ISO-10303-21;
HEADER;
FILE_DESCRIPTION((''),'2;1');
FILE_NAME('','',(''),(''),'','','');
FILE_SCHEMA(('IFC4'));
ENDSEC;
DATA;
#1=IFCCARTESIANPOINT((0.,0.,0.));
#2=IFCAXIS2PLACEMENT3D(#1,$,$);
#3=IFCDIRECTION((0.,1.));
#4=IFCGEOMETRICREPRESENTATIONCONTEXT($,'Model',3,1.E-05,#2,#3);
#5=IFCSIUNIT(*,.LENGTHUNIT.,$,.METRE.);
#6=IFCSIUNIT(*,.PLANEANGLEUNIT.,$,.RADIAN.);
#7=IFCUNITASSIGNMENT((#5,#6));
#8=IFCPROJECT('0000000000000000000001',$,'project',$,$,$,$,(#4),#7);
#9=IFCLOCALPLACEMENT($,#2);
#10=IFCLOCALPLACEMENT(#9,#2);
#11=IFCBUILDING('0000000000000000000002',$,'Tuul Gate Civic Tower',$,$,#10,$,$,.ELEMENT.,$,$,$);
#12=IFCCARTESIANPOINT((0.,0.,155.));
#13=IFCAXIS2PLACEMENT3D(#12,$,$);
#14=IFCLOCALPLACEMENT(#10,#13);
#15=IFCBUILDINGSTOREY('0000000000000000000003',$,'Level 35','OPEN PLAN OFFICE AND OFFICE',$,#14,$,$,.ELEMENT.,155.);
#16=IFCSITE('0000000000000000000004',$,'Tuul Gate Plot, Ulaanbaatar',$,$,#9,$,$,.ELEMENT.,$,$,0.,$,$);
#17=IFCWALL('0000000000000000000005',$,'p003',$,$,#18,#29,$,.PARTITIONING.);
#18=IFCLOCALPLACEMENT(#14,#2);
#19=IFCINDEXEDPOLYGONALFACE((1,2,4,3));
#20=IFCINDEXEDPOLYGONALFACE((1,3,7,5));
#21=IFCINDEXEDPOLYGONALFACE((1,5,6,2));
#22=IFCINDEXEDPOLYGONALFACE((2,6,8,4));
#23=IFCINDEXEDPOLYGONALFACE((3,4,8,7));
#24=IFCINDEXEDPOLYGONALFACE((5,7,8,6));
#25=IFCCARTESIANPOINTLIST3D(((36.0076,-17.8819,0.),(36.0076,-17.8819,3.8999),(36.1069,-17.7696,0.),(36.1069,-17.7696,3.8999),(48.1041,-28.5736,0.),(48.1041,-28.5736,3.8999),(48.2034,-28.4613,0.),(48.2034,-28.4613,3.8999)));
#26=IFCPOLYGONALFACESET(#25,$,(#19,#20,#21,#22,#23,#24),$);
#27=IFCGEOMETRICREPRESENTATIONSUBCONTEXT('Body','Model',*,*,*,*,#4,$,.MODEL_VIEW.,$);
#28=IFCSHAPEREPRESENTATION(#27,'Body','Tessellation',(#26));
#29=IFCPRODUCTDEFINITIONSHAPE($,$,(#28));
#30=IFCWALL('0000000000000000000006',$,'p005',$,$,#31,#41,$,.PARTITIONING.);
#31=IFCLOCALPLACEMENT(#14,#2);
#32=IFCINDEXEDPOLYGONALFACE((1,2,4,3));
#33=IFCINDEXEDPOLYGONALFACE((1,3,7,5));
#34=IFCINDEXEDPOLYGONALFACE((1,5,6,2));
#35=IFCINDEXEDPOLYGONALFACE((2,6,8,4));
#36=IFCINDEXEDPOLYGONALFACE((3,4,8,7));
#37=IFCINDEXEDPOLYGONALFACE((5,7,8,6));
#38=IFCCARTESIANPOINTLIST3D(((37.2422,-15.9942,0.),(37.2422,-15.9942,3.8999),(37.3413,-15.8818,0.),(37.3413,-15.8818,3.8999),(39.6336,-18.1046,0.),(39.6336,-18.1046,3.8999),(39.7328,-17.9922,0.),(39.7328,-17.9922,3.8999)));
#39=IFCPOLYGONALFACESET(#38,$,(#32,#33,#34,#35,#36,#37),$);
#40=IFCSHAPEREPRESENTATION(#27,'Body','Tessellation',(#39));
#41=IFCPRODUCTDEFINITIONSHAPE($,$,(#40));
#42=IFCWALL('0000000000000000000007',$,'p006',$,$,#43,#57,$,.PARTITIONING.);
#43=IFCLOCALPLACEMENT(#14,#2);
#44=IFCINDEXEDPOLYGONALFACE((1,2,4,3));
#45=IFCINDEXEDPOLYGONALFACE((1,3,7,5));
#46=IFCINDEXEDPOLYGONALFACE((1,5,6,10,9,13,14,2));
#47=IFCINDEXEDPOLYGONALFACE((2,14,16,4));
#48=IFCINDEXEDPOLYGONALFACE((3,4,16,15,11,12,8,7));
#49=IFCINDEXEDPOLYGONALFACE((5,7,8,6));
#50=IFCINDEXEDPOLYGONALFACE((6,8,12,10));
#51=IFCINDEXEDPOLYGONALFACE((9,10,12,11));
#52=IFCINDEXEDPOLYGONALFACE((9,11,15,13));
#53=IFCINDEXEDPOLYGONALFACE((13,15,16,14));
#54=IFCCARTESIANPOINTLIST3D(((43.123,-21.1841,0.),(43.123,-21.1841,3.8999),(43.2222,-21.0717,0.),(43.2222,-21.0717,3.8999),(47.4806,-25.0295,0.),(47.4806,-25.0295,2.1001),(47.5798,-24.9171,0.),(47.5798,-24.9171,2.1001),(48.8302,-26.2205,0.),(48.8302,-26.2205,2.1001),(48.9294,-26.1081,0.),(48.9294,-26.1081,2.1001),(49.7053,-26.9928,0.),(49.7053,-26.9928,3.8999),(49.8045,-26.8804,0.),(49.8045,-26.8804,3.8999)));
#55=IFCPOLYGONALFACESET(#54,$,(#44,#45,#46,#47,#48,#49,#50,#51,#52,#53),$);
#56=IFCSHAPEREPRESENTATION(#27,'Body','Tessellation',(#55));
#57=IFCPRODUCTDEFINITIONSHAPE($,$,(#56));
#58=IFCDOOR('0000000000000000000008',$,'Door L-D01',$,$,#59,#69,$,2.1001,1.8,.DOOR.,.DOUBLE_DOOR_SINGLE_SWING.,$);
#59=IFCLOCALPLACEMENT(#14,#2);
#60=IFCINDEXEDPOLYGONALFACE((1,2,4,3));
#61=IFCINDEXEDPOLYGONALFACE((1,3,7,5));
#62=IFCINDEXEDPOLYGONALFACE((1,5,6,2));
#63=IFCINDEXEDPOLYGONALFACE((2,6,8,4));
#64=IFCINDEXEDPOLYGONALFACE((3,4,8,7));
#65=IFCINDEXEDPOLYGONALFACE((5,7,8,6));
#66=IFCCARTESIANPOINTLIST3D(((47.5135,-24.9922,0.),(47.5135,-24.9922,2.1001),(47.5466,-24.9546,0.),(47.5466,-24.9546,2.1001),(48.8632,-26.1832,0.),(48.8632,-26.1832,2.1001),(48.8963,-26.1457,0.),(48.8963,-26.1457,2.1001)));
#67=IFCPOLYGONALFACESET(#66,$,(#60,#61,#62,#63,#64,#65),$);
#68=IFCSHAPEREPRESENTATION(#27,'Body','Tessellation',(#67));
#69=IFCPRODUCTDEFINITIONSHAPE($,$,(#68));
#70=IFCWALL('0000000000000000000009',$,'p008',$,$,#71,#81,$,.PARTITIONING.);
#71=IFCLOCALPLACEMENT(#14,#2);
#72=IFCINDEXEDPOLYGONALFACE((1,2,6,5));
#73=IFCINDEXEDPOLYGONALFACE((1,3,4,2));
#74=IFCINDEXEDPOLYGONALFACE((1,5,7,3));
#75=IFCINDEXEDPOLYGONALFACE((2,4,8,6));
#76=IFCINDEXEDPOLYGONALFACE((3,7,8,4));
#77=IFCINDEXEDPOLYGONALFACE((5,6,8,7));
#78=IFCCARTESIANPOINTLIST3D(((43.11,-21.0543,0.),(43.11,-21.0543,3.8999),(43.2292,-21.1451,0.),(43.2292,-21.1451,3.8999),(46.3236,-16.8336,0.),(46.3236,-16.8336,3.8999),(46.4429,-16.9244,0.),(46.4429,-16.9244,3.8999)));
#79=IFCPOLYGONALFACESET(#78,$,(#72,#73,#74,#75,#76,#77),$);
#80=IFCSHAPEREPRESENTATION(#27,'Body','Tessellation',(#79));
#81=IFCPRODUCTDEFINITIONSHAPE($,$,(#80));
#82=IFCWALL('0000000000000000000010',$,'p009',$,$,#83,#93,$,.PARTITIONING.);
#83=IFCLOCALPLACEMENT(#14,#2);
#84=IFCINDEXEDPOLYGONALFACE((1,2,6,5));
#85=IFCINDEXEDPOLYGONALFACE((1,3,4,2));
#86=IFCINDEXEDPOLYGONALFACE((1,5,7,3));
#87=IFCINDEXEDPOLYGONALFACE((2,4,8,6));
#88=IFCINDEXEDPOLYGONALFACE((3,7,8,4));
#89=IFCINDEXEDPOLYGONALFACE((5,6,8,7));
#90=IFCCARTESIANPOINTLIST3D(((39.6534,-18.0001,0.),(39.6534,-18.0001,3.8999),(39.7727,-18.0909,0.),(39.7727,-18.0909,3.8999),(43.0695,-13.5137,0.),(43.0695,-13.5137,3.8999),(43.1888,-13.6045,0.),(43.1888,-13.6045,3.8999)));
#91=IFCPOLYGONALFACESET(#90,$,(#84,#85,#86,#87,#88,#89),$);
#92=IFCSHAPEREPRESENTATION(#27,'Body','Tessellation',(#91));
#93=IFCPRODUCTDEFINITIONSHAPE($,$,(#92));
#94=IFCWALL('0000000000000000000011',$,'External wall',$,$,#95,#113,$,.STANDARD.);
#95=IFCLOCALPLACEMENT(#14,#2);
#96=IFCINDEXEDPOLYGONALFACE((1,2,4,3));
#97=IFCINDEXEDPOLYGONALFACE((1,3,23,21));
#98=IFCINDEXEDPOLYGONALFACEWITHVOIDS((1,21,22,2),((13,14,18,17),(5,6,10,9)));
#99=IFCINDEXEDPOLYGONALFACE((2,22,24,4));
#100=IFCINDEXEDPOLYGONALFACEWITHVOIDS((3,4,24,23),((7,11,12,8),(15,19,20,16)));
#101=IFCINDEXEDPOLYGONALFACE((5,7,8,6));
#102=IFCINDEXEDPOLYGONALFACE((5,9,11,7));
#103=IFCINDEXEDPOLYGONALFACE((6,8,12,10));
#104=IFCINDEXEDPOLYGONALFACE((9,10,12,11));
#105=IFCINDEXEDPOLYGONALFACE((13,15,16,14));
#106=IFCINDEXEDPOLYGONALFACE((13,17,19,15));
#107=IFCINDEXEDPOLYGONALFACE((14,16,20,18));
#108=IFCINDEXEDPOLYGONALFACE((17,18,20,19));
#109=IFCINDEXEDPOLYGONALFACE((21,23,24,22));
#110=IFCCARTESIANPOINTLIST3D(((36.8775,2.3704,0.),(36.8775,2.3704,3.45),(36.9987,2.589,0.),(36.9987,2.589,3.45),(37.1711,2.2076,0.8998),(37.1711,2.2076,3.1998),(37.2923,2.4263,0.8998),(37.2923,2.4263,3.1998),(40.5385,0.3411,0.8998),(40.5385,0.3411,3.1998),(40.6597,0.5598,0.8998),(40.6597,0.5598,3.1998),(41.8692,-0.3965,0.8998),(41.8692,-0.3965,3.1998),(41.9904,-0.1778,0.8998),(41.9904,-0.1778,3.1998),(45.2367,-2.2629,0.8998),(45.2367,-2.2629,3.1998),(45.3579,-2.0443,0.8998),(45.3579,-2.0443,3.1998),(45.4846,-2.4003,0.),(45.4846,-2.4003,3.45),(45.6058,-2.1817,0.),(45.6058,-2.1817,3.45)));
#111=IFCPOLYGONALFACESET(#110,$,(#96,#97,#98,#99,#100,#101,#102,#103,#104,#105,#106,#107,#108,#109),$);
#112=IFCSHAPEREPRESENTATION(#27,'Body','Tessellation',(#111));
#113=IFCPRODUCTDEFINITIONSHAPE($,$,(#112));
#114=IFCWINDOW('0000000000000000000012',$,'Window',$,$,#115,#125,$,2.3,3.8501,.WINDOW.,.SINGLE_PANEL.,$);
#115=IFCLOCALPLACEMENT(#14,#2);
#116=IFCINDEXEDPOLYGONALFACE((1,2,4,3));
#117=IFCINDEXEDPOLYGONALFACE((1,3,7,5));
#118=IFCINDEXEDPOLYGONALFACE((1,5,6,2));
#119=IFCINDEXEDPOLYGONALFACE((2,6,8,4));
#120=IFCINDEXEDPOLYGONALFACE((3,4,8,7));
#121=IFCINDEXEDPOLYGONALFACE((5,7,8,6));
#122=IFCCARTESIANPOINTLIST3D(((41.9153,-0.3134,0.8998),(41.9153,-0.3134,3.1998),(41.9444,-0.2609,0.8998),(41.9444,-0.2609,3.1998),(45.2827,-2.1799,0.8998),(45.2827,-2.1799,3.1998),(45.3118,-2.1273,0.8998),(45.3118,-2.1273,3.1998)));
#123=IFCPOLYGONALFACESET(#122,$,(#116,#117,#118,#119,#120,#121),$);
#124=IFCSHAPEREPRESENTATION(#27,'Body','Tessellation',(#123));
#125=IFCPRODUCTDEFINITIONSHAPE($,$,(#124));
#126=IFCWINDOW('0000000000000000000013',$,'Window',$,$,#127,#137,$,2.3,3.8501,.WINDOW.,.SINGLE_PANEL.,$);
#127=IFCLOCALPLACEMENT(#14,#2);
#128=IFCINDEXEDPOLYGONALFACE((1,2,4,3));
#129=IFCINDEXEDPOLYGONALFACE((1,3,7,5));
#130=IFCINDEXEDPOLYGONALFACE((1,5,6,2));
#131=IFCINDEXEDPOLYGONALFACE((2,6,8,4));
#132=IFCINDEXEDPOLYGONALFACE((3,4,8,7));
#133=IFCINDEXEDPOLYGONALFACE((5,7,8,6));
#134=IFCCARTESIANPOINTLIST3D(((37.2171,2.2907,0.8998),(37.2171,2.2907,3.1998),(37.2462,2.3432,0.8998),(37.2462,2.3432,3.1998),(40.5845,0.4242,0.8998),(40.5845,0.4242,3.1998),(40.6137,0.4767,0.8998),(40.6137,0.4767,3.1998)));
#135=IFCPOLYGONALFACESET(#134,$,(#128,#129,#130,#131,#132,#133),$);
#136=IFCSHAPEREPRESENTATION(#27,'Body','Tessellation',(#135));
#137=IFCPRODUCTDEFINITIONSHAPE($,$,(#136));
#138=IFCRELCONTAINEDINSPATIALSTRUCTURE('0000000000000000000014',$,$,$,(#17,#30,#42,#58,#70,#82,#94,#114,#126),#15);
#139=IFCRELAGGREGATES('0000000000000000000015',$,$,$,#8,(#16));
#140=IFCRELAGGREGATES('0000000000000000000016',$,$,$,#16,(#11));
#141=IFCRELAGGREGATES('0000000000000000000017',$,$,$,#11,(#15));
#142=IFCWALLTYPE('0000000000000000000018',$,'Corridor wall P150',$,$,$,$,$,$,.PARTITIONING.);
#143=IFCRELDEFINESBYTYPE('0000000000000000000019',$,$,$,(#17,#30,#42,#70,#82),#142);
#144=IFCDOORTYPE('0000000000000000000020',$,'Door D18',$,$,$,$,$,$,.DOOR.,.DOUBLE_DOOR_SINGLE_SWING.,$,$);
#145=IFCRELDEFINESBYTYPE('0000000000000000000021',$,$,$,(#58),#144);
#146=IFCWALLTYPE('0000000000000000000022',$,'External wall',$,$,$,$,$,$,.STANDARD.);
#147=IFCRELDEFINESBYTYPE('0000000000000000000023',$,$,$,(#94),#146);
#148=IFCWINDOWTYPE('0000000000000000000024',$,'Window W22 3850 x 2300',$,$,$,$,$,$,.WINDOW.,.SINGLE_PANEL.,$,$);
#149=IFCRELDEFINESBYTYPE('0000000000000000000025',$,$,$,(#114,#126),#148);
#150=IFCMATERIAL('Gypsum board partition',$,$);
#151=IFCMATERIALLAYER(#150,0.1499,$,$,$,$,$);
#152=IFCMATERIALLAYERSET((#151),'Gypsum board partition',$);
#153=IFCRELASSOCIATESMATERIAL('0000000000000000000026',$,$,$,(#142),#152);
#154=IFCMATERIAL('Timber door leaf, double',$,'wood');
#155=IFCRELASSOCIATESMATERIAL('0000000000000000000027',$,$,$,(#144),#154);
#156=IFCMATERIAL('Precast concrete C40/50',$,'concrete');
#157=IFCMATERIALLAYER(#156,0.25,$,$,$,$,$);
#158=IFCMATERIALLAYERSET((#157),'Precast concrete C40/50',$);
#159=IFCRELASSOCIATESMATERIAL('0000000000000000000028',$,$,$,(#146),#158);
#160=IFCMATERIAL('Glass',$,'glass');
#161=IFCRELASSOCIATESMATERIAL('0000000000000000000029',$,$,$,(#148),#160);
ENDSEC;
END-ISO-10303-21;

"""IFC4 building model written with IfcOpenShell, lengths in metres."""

from ifc_helpers import new_model, si_unit, direction, frame, frame_2d, origin, place, context, subcontext, project, spatial, rectangle, extrude, material, layer, layer_set, type_object, element, fill, save


model = new_model("IFC4")

# Units and contexts
model_context = context("Model", 3, precision=1e-05, world=origin(), true_north=direction((0.0, 1.0)))
body_context = subcontext(model_context, "Body", "Model", "MODEL_VIEW")
ifc_project = project(units=[si_unit("LENGTHUNIT", "METRE"), si_unit("PLANEANGLEUNIT", "RADIAN")], contexts=[model_context])

# Site, building, storey
site_placement = place(None, origin())
site = spatial("IfcSite", under=ifc_project, at=site_placement, Name="Tuul Gate Plot, Ulaanbaatar", CompositionType="ELEMENT", RefElevation=0.0)
building_placement = place(site_placement, origin())
building = spatial("IfcBuilding", under=site, at=building_placement, Name="Tuul Gate Civic Tower", CompositionType="ELEMENT")
storey_placement = place(building_placement, frame((0.0, 0.0, 155.0)))
storey = spatial("IfcBuildingStorey", under=building, at=storey_placement, Name="Level 35", Description="OPEN PLAN OFFICE AND OFFICE", CompositionType="ELEMENT", Elevation=155.0)

# Walls
ifc_material_1 = material(Name="Gypsum board partition")
ifc_layer_1 = layer(ifc_material_1, 0.1499)
ifc_layer_set_1 = layer_set([ifc_layer_1], Name="Gypsum board partition")
wall_type_1 = type_object("IfcWallType", Name="Corridor wall P150", PredefinedType="PARTITIONING", material=ifc_layer_set_1)
wall_1_placement = place(storey_placement, frame((36.0571, -17.8257, 0.0), z_axis=(0.0, 0.0, 1.0), x_axis=(0.749274, -0.66226, 0.0)))
element("IfcWall", 1, at=wall_1_placement, inside=storey, type_object=wall_type_1, Name="p003", PredefinedType="PARTITIONING", context=body_context, shape_type="SweptSolid", body=[
    extrude(rectangle(XDim=16.1443, YDim=0.1499, at=frame_2d((8.0723, 0.0))), origin(), (0.0, 0.0, 1.0), 3.8999),
])
wall_2_placement = place(storey_placement, frame((37.2917, -15.938, 0.0), z_axis=(0.0, 0.0, 1.0), x_axis=(0.749786, -0.66168, 0.0)))
element("IfcWall", 2, at=wall_2_placement, inside=storey, type_object=wall_type_1, Name="p005", PredefinedType="PARTITIONING", context=body_context, shape_type="SweptSolid", body=[
    extrude(rectangle(XDim=3.1895, YDim=0.1499, at=frame_2d((1.5947, 0.0))), origin(), (0.0, 0.0, 1.0), 3.8999),
])

# Wall, opening, door
wall_3_placement = place(storey_placement, frame((43.1726, -21.1279, 0.0), z_axis=(0.0, 0.0, 1.0), x_axis=(0.749798, -0.661667, 0.0)))
wall_3 = element("IfcWall", 3, at=wall_3_placement, inside=storey, type_object=wall_type_1, Name="p006", PredefinedType="PARTITIONING", context=body_context, shape_type="SweptSolid", body=[
    extrude(rectangle(XDim=8.7788, YDim=0.1499, at=frame_2d((4.3894, 0.0))), origin(), (0.0, 0.0, 1.0), 3.8999),
])
opening_1_placement = place(wall_3_placement, frame((5.8118, 0.0, 0.0)))
opening_1 = element("IfcOpeningElement", 4, at=opening_1_placement, cuts=wall_3, PredefinedType="OPENING", context=body_context, shape_type="SweptSolid", body=[
    extrude(rectangle(XDim=1.8, YDim=2.1001, at=frame_2d((0.8999, 1.05))), frame((0.0, 0.085, 0.0), z_axis=(0.0, -1.0, 0.0), x_axis=(1.0, 0.0, 0.0)), (0.0, 0.0, 1.0), 0.1699),
])
ifc_material_2 = material(Name="Timber door leaf, double", Category="wood")
door_type_1 = type_object("IfcDoorType", Name="Door D18", OperationType="DOUBLE_DOOR_SINGLE_SWING", PredefinedType="DOOR", material=ifc_material_2)
door_1_placement = place(opening_1_placement, origin())
door_1 = element("IfcDoor", 5, at=door_1_placement, inside=storey, type_object=door_type_1, Name="Door L-D01", OperationType="DOUBLE_DOOR_SINGLE_SWING", OverallHeight=2.1001, OverallWidth=1.8, PredefinedType="DOOR", context=body_context, shape_type="SweptSolid", body=[
    extrude(rectangle(XDim=1.8, YDim=2.1001, at=frame_2d((0.8999, 1.05))), frame((0.0, 0.0249, 0.0), z_axis=(0.0, -1.0, 0.0), x_axis=(1.0, 0.0, 0.0)), (0.0, 0.0, 1.0), 0.05),
])
fill(opening_1, door_1)

# Walls
wall_4_placement = place(storey_placement, frame((43.1697, -21.0996, 0.0), z_axis=(0.0, 0.0, 1.0), x_axis=(0.605787, 0.795627, 0.0)))
element("IfcWall", 6, at=wall_4_placement, inside=storey, type_object=wall_type_1, Name="p008", PredefinedType="PARTITIONING", context=body_context, shape_type="SweptSolid", body=[
    extrude(rectangle(XDim=5.3049, YDim=0.1499, at=frame_2d((2.6523, 0.0))), origin(), (0.0, 0.0, 1.0), 3.8999),
])
wall_5_placement = place(storey_placement, frame((39.7131, -18.0454, 0.0), z_axis=(0.0, 0.0, 1.0), x_axis=(0.605803, 0.795615, 0.0)))
element("IfcWall", 7, at=wall_5_placement, inside=storey, type_object=wall_type_1, Name="p009", PredefinedType="PARTITIONING", context=body_context, shape_type="SweptSolid", body=[
    extrude(rectangle(XDim=5.6389, YDim=0.1499, at=frame_2d((2.8193, 0.0))), origin(), (0.0, 0.0, 1.0), 3.8999),
])

# Wall, openings, windows
ifc_material_3 = material(Name="Precast concrete C40/50", Category="concrete")
ifc_layer_2 = layer(ifc_material_3, 0.25)
ifc_layer_set_2 = layer_set([ifc_layer_2], Name="Precast concrete C40/50")
wall_type_2 = type_object("IfcWallType", Name="External wall", PredefinedType="STANDARD", material=ifc_layer_set_2)
wall_6_placement = place(storey_placement, frame((45.5452, -2.291, 0.0), z_axis=(0.0, 0.0, 1.0), x_axis=(-0.874632, 0.484787, 0.0)))
wall_6 = element("IfcWall", 8, at=wall_6_placement, inside=storey, type_object=wall_type_2, Name="External wall", PredefinedType="STANDARD", context=body_context, shape_type="SweptSolid", body=[
    extrude(rectangle(XDim=9.8408, YDim=0.25, at=frame_2d((4.9204, 0.0))), origin(), (0.0, 0.0, 1.0), 3.45),
])
opening_2_placement = place(wall_6_placement, frame((0.2834, 0.0, 0.8999)))
opening_2 = element("IfcOpeningElement", 9, at=opening_2_placement, cuts=wall_6, PredefinedType="OPENING", context=body_context, shape_type="SweptSolid", body=[
    extrude(rectangle(XDim=3.8501, YDim=2.3, at=frame_2d((1.925, 1.1499))), frame((0.0, 0.135, 0.0), z_axis=(0.0, -1.0, 0.0), x_axis=(1.0, 0.0, 0.0)), (0.0, 0.0, 1.0), 0.27),
])
opening_3_placement = place(wall_6_placement, frame((5.655, 0.0, 0.8999)))
opening_3 = element("IfcOpeningElement", 10, at=opening_3_placement, cuts=wall_6, PredefinedType="OPENING", context=body_context, shape_type="SweptSolid", body=[
    extrude(rectangle(XDim=3.8501, YDim=2.3, at=frame_2d((1.925, 1.1499))), frame((0.0, 0.135, 0.0), z_axis=(0.0, -1.0, 0.0), x_axis=(1.0, 0.0, 0.0)), (0.0, 0.0, 1.0), 0.27),
])
ifc_material_4 = material(Name="Glass", Category="glass")
window_type = type_object("IfcWindowType", Name="Window W22 3850 x 2300", PartitioningType="SINGLE_PANEL", PredefinedType="WINDOW", material=ifc_material_4)
window_1_placement = place(opening_2_placement, origin())
window_1 = element("IfcWindow", 11, at=window_1_placement, inside=storey, type_object=window_type, Name="Window", OverallHeight=2.3, OverallWidth=3.8501, PartitioningType="SINGLE_PANEL", PredefinedType="WINDOW", context=body_context, shape_type="SweptSolid", body=[
    extrude(rectangle(XDim=3.8501, YDim=2.3, at=frame_2d((1.925, 1.1499))), frame((0.0, 0.03, 0.0), z_axis=(0.0, -1.0, 0.0), x_axis=(1.0, 0.0, 0.0)), (0.0, 0.0, 1.0), 0.0601),
])
fill(opening_2, window_1)
window_2_placement = place(opening_3_placement, origin())
window_2 = element("IfcWindow", 12, at=window_2_placement, inside=storey, type_object=window_type, Name="Window", OverallHeight=2.3, OverallWidth=3.8501, PartitioningType="SINGLE_PANEL", PredefinedType="WINDOW", context=body_context, shape_type="SweptSolid", body=[
    extrude(rectangle(XDim=3.8501, YDim=2.3, at=frame_2d((1.925, 1.1499))), frame((0.0, 0.03, 0.0), z_axis=(0.0, -1.0, 0.0), x_axis=(1.0, 0.0, 0.0)), (0.0, 0.0, 1.0), 0.0601),
])
fill(opening_3, window_2)

save(model, "model.ifc")
